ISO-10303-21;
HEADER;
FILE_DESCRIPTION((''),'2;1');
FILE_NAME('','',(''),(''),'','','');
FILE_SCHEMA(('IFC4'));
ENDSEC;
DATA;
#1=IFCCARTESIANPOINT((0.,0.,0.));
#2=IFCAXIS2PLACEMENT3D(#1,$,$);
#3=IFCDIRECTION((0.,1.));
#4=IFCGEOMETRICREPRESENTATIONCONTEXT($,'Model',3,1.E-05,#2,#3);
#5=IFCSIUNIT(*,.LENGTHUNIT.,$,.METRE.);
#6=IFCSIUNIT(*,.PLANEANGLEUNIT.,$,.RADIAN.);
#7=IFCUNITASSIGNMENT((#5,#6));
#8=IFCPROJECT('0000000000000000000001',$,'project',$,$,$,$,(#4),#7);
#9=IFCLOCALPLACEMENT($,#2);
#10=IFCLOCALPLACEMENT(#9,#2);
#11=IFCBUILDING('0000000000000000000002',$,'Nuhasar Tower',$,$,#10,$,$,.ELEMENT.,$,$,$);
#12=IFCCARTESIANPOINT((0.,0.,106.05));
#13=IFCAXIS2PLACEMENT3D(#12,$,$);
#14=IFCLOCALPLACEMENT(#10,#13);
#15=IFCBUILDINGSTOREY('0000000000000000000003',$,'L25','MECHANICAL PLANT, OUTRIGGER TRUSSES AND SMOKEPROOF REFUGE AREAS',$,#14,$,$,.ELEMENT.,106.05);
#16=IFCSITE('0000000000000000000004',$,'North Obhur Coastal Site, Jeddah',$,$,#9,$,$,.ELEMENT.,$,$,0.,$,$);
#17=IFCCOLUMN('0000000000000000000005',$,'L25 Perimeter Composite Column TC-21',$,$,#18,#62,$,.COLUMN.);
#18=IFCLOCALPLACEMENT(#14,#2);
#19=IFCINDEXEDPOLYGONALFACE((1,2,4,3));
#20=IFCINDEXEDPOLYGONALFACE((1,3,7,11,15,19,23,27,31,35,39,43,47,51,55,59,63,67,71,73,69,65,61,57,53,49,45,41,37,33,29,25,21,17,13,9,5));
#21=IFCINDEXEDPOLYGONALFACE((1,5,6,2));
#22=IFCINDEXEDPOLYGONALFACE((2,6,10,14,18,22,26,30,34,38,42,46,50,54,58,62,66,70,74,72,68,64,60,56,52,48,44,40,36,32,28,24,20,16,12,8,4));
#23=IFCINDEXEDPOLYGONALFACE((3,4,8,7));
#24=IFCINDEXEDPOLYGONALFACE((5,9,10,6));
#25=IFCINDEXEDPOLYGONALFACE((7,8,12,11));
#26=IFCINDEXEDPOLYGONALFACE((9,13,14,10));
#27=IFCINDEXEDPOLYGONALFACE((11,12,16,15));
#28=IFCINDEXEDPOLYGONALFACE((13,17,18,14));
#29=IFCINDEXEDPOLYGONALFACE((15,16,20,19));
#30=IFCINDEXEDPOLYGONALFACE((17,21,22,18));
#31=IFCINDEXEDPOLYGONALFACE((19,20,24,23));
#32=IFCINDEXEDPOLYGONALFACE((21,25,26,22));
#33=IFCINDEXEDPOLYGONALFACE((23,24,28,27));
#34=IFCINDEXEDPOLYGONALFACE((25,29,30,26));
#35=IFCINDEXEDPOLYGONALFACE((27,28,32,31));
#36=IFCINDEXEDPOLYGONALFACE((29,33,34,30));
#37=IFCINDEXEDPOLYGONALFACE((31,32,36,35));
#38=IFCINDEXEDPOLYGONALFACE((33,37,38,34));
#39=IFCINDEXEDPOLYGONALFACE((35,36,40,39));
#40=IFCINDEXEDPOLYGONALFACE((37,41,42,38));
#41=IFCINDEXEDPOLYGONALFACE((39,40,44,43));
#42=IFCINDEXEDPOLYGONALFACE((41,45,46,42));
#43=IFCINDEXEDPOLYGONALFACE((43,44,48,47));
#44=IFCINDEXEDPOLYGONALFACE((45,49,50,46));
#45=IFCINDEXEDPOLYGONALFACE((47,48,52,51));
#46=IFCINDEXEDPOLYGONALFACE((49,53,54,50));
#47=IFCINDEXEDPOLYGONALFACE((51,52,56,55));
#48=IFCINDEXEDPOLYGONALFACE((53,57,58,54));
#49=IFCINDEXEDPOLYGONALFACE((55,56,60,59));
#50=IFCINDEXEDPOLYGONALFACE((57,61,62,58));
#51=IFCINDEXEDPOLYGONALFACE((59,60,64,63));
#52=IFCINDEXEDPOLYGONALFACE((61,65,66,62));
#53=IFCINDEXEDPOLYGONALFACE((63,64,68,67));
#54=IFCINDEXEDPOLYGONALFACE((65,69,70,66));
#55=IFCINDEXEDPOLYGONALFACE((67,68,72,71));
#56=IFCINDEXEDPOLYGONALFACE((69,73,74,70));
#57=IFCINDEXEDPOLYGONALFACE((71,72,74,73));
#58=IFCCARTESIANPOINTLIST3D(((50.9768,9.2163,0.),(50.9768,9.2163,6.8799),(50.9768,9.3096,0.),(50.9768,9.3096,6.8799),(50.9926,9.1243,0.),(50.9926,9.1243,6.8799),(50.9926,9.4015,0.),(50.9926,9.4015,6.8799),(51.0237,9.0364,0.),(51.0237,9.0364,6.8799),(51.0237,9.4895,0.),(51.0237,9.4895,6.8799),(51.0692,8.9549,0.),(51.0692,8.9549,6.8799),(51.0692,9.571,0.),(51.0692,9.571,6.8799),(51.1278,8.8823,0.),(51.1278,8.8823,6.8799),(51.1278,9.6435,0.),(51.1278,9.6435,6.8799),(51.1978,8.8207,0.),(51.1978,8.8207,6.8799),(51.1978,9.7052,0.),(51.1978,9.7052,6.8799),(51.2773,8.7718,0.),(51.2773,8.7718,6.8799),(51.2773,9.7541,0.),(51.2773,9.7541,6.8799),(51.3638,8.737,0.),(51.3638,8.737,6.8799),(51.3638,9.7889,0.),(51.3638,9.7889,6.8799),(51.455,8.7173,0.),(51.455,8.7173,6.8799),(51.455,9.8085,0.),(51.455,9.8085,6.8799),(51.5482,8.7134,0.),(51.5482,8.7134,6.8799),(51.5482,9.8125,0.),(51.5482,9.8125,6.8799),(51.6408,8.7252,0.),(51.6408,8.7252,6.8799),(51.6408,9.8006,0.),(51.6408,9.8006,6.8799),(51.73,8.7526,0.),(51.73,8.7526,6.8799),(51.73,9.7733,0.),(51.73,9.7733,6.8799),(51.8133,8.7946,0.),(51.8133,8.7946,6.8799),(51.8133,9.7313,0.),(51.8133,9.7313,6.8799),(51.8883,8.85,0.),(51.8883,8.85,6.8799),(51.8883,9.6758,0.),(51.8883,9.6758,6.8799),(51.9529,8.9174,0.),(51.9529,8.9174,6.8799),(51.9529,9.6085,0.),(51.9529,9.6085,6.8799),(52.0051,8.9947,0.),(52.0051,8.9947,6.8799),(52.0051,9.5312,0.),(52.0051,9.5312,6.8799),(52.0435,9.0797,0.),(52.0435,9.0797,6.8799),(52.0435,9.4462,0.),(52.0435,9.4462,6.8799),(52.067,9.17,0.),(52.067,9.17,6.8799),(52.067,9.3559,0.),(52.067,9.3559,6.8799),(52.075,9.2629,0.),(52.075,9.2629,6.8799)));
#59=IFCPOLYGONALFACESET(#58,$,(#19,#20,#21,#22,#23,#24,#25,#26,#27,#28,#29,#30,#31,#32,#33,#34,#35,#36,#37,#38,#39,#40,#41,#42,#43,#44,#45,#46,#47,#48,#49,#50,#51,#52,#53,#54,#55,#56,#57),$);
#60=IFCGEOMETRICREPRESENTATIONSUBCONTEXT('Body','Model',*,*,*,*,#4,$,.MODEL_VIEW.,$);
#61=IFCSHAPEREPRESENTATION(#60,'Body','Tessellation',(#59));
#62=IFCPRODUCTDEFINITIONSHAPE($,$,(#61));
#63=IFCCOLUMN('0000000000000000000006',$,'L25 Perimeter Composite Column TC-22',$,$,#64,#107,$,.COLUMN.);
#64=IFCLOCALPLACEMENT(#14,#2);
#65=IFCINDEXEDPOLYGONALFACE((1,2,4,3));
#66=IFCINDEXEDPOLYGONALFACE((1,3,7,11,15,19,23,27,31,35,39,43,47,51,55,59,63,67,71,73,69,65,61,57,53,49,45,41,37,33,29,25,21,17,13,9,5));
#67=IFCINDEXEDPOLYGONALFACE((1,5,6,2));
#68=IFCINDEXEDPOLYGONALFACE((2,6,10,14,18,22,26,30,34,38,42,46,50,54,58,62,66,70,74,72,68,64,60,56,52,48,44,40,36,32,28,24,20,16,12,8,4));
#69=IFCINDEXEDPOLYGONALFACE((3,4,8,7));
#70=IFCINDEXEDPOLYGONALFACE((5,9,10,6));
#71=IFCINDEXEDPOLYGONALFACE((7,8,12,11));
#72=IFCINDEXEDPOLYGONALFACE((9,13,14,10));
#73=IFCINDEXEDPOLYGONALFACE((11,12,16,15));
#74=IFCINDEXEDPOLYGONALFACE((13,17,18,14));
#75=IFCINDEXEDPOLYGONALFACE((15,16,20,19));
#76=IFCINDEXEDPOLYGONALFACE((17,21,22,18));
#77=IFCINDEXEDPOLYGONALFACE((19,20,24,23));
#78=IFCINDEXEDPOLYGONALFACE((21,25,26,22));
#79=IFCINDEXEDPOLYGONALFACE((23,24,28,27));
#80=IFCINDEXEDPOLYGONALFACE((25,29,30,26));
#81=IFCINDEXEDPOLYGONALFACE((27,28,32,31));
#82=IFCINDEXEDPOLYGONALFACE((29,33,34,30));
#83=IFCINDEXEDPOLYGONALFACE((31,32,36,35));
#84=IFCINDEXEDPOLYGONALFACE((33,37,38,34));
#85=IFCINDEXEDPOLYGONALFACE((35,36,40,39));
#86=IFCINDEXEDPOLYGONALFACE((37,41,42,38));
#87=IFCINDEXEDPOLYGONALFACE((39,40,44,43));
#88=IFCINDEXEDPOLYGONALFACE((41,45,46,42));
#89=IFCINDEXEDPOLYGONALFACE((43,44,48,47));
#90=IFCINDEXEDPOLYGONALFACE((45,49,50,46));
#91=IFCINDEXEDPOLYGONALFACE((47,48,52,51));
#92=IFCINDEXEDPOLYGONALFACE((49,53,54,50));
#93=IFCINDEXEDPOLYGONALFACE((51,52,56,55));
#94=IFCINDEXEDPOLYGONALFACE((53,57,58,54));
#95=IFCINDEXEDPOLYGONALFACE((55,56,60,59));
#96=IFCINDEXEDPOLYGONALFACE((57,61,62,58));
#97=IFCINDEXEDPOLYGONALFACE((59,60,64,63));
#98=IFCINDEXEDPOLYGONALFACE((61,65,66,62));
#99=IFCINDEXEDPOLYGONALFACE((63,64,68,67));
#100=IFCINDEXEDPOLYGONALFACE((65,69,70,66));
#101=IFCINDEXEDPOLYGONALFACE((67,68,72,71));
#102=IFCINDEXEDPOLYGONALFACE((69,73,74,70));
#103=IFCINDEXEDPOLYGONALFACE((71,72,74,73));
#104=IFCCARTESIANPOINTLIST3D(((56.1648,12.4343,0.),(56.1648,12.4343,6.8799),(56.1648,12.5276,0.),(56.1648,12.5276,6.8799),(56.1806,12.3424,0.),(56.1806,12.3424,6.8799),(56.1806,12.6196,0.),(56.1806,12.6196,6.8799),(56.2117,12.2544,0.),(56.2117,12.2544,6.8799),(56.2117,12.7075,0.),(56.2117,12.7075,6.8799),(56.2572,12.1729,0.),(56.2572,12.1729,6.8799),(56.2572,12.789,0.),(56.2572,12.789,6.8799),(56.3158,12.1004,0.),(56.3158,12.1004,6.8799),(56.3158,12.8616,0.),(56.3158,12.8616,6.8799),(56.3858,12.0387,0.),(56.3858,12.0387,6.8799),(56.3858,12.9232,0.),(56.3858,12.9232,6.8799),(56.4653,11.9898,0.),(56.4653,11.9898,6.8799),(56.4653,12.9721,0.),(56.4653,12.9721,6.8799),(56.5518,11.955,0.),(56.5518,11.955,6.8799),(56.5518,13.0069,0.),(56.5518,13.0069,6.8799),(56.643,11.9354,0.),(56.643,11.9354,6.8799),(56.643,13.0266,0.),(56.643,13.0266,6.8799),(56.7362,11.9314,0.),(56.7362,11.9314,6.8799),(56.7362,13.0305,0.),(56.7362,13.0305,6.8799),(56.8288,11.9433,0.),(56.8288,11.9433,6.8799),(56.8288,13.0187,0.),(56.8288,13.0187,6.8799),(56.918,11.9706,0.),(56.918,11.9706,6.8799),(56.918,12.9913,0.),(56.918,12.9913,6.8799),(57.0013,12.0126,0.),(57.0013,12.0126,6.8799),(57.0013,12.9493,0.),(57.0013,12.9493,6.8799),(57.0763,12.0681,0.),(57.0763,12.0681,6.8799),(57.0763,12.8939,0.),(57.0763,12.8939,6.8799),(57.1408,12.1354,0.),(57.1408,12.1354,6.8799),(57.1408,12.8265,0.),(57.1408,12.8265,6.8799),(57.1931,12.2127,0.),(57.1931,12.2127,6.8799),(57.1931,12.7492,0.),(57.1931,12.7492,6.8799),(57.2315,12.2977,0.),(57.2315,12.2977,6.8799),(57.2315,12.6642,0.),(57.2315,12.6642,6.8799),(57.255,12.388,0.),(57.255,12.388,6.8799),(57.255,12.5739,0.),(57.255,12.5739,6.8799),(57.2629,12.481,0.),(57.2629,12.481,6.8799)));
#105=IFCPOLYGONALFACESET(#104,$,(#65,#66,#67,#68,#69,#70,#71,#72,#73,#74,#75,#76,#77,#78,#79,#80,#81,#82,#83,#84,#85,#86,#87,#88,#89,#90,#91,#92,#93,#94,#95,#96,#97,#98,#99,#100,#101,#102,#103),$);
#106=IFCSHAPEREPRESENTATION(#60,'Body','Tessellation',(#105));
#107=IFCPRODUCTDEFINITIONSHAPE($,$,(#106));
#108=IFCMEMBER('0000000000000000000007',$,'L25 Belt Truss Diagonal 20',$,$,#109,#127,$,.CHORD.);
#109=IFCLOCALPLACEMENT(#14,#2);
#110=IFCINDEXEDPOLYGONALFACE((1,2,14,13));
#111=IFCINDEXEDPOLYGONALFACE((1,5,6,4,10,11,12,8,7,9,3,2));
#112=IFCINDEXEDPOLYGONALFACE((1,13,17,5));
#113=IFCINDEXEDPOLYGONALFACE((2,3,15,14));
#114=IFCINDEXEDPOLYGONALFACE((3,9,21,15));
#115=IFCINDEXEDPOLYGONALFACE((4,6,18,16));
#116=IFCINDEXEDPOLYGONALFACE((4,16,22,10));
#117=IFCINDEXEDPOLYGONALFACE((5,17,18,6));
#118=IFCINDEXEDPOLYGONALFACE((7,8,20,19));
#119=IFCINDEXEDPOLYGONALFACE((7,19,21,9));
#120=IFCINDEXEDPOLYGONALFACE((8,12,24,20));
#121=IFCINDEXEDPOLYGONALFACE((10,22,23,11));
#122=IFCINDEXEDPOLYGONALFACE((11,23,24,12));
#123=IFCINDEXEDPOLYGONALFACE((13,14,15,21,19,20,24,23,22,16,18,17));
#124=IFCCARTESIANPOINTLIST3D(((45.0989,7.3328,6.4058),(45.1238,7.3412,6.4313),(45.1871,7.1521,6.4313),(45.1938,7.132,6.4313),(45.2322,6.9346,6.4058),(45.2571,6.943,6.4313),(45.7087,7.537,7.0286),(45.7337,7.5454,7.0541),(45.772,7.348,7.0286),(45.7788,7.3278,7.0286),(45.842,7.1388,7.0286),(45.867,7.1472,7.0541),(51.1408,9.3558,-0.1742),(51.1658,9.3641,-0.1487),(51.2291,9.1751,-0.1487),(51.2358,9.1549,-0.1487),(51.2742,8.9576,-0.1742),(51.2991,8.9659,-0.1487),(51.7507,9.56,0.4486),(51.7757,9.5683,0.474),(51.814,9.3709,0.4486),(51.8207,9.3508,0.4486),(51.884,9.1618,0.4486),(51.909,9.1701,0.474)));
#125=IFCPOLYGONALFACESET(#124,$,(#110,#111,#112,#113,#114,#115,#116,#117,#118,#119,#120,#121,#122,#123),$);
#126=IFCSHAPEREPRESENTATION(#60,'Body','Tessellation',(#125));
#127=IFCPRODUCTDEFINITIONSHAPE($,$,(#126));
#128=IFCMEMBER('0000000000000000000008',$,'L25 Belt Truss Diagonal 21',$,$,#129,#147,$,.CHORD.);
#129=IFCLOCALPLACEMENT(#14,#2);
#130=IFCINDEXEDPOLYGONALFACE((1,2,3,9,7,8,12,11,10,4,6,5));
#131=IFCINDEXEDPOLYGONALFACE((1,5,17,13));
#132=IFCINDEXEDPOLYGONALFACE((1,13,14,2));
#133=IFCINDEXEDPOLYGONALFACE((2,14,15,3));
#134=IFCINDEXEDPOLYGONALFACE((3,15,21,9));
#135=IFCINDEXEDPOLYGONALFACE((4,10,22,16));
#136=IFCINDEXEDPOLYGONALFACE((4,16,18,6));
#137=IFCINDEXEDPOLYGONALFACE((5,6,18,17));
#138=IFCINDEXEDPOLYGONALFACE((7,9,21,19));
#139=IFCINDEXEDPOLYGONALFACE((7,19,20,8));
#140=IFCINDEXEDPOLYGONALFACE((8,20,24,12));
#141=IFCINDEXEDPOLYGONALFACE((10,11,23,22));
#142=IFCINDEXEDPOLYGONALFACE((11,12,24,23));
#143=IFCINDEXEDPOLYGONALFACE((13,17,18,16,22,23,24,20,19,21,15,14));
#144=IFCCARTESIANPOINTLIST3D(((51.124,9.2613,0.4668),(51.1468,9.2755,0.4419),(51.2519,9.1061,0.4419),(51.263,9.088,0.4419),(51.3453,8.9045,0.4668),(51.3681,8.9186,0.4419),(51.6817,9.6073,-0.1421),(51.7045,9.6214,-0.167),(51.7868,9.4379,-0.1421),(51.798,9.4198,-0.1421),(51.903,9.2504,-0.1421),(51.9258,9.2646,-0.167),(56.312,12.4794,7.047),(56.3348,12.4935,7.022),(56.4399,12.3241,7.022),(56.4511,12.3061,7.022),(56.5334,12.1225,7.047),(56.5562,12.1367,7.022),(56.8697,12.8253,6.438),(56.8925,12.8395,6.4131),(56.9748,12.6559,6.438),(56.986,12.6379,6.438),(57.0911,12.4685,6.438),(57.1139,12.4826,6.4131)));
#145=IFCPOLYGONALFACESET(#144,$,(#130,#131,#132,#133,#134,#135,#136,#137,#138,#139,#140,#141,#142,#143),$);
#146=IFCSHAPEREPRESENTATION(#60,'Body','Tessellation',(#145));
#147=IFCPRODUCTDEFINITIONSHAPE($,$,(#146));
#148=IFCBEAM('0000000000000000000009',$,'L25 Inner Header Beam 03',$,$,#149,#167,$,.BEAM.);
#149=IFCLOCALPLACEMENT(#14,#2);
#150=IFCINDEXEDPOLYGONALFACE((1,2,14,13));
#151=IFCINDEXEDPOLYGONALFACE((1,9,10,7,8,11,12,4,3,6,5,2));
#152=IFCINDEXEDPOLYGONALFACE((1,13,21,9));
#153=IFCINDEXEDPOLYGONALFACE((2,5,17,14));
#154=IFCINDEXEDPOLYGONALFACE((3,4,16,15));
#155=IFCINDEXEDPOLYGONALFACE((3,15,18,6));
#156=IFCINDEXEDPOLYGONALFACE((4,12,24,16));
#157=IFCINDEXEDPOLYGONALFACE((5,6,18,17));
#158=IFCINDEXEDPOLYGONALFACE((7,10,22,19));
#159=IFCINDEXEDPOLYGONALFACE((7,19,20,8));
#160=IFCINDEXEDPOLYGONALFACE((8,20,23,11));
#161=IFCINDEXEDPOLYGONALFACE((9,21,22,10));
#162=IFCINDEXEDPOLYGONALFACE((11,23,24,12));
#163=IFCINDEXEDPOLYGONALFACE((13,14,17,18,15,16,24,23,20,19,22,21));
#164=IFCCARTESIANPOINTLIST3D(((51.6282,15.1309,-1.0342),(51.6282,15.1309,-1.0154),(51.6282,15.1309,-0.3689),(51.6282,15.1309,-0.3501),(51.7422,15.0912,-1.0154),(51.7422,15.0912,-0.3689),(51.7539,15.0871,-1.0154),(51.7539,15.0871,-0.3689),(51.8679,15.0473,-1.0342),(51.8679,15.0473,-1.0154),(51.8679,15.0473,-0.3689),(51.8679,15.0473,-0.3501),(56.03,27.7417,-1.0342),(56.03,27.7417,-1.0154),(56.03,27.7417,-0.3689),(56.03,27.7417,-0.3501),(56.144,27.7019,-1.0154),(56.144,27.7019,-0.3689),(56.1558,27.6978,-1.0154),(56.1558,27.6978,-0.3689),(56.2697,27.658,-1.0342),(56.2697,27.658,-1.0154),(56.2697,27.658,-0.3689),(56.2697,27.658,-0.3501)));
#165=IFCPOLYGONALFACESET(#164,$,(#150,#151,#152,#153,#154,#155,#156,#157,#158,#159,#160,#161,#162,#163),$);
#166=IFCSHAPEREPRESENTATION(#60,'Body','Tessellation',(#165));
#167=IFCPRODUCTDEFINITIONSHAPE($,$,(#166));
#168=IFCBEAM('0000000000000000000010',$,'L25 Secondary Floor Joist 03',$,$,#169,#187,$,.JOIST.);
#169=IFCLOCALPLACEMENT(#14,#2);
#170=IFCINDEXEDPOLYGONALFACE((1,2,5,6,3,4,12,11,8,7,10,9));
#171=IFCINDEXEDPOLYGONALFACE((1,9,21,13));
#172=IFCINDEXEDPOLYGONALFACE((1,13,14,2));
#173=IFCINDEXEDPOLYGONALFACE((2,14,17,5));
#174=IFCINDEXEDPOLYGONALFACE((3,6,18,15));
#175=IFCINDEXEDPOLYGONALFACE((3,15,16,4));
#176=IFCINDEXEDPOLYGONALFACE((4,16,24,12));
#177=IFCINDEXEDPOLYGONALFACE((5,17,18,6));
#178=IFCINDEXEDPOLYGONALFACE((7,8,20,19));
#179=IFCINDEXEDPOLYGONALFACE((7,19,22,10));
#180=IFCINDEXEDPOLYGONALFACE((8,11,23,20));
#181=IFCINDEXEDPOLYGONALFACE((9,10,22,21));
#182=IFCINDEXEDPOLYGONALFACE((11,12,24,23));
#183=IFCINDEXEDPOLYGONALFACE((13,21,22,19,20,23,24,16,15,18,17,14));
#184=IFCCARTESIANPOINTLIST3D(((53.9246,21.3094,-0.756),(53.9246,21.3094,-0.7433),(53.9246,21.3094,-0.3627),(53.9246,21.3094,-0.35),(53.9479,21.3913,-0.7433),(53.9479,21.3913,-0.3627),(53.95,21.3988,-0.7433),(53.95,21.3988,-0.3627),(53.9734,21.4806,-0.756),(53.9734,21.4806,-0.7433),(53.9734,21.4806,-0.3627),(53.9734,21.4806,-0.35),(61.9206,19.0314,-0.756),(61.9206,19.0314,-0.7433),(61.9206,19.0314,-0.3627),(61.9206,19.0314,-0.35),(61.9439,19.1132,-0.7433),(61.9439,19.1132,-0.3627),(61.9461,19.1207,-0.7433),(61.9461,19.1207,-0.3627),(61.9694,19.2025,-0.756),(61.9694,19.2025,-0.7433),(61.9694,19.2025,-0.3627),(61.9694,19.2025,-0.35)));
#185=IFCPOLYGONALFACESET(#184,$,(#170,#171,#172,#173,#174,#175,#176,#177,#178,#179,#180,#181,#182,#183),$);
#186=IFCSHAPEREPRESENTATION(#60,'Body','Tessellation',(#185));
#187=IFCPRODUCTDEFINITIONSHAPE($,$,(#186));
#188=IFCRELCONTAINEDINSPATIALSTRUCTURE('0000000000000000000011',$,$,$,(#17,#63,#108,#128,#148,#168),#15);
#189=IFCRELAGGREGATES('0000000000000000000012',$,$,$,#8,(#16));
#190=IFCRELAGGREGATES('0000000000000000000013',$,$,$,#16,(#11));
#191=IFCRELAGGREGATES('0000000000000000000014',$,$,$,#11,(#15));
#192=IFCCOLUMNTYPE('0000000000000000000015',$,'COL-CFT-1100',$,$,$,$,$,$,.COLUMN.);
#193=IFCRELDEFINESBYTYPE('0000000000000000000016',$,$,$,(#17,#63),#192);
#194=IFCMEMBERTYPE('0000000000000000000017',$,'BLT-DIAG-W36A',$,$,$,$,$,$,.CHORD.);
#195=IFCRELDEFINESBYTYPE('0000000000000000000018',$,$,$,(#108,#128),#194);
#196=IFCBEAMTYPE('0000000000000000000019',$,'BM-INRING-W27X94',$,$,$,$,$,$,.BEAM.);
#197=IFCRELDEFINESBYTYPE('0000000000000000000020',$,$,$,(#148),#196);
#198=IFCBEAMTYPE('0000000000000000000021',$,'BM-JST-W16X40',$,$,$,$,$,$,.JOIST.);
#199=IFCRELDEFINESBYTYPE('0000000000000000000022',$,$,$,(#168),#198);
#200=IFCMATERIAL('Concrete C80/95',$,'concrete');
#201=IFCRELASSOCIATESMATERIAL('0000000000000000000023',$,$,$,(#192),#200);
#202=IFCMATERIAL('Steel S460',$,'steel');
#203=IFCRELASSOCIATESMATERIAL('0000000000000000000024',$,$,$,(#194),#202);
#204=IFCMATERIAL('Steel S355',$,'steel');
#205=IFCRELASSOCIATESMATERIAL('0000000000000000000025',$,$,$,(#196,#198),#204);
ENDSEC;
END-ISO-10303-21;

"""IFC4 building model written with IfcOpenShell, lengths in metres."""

from ifc_helpers import new_model, si_unit, direction, frame, origin, origin_2d, place, context, subcontext, project, spatial, circle, i_section, extrude, material, material_profile, profile_set, type_object, element, save


model = new_model("IFC4")

# Units and contexts
model_context = context("Model", 3, precision=1e-05, world=origin(), true_north=direction((0.0, 1.0)))
body_context = subcontext(model_context, "Body", "Model", "MODEL_VIEW")
ifc_project = project(units=[si_unit("LENGTHUNIT", "METRE"), si_unit("PLANEANGLEUNIT", "RADIAN")], contexts=[model_context])

# Site, building, storey
site_placement = place(None, origin())
site = spatial("IfcSite", under=ifc_project, at=site_placement, Name="North Obhur Coastal Site, Jeddah", CompositionType="ELEMENT", RefElevation=0.0)
building_placement = place(site_placement, origin())
building = spatial("IfcBuilding", under=site, at=building_placement, Name="Nuhasar Tower", CompositionType="ELEMENT")
storey_placement = place(building_placement, frame((0.0, 0.0, 106.05)))
storey = spatial("IfcBuildingStorey", under=building, at=storey_placement, Name="L25", Description="MECHANICAL PLANT, OUTRIGGER TRUSSES AND SMOKEPROOF REFUGE AREAS", CompositionType="ELEMENT", Elevation=106.05)

# Columns
ifc_material_1 = material(Name="Concrete C80/95", Category="concrete")
ifc_material_profile_1 = material_profile(ifc_material_1, circle(Radius=0.55, at=origin_2d()), Name="CFT1100")
ifc_profile_set_1 = profile_set([ifc_material_profile_1], Name="Concrete C80/95")
column_type = type_object("IfcColumnType", Name="COL-CFT-1100", PredefinedType="COLUMN", material=ifc_profile_set_1)
for number, where, z_axis, x_axis, name in (
    (1, (51.5249, 9.2629, 0.0), (0.0, 0.0, 1.0), (1.0, 0.0, 0.0), "L25 Perimeter Composite Column TC-21"),
    (2, (56.7129, 12.481, 0.0), (0.0, 0.0, 1.0), (1.0, 0.0, 0.0), "L25 Perimeter Composite Column TC-22"),
):
    element("IfcColumn", number, at=place(storey_placement, frame(where, z_axis=z_axis, x_axis=x_axis)), inside=storey, type_object=column_type, Name=name, PredefinedType="COLUMN", context=body_context, shape_type="SweptSolid", body=[
        extrude(circle(Radius=0.55, at=origin_2d()), origin(), (0.0, 0.0, 1.0), 6.8799),
    ])

# Members
ifc_material_2 = material(Name="Steel S460", Category="steel")
ifc_material_profile_2 = material_profile(ifc_material_2, i_section(OverallWidth=0.4199, OverallDepth=0.9319, WebThickness=0.0212, FlangeThickness=0.0366, at=origin_2d()), Name="W36X262")
ifc_profile_set_2 = profile_set([ifc_material_profile_2], Name="Steel S460")
member_type_1 = type_object("IfcMemberType", Name="BLT-DIAG-W36A", PredefinedType="CHORD", material=ifc_profile_set_2)
member_1_placement = place(storey_placement, frame((51.5249, 9.2629, 0.1499), z_axis=(-0.659646, -0.220859, 0.718393), x_axis=(0.317492, -0.948261, 0.0)))
element("IfcMember", 3, at=member_1_placement, inside=storey, type_object=member_type_1, Name="L25 Belt Truss Diagonal 20", PredefinedType="CHORD", context=body_context, shape_type="SweptSolid", body=[
    extrude(i_section(OverallWidth=0.4199, OverallDepth=0.9319, WebThickness=0.0212, FlangeThickness=0.0366, at=origin_2d()), origin(), (0.0, 0.0, 1.0), 9.1594),
])
member_2_placement = place(storey_placement, frame((51.5249, 9.2629, 0.1499), z_axis=(0.577985, 0.358514, 0.733076), x_axis=(-0.527113, 0.849795, 0.0)))
element("IfcMember", 4, at=member_2_placement, inside=storey, type_object=member_type_1, Name="L25 Belt Truss Diagonal 21", PredefinedType="CHORD", context=body_context, shape_type="SweptSolid", body=[
    extrude(i_section(OverallWidth=0.4199, OverallDepth=0.9319, WebThickness=0.0212, FlangeThickness=0.0366, at=origin_2d()), origin(), (0.0, 0.0, 1.0), 8.9761),
])

# Beams
ifc_material_3 = material(Name="Steel S355", Category="steel")
ifc_material_profile_3 = material_profile(ifc_material_3, i_section(OverallWidth=0.2539, OverallDepth=0.6841, WebThickness=0.0125, FlangeThickness=0.0188, at=origin_2d()), Name="W27X94")
ifc_profile_set_3 = profile_set([ifc_material_profile_3], Name="Steel S355")
beam_type_1 = type_object("IfcBeamType", Name="BM-INRING-W27X94", PredefinedType="BEAM", material=ifc_profile_set_3)
beam_1_placement = place(storey_placement, frame((51.748, 15.0891, -0.6921), z_axis=(0.329554, 0.944137, 0.0), x_axis=(-0.944137, 0.329554, 0.0)))
element("IfcBeam", 5, at=beam_1_placement, inside=storey, type_object=beam_type_1, Name="L25 Inner Header Beam 03", PredefinedType="BEAM", context=body_context, shape_type="SweptSolid", body=[
    extrude(i_section(OverallWidth=0.2539, OverallDepth=0.6841, WebThickness=0.0125, FlangeThickness=0.0188, at=origin_2d()), origin(), (0.0, 0.0, 1.0), 13.3569),
])
ifc_material_profile_4 = material_profile(ifc_material_3, i_section(OverallWidth=0.178, OverallDepth=0.406, WebThickness=0.0078, FlangeThickness=0.0127, at=origin_2d()), Name="W16X40")
ifc_profile_set_4 = profile_set([ifc_material_profile_4], Name="Steel S355")
beam_type_2 = type_object("IfcBeamType", Name="BM-JST-W16X40", PredefinedType="JOIST", material=ifc_profile_set_4)
beam_2_placement = place(storey_placement, frame((53.949, 21.395, -0.553), z_axis=(0.961731, -0.273996, 0.0), x_axis=(0.273996, 0.961731, 0.0)))
element("IfcBeam", 6, at=beam_2_placement, inside=storey, type_object=beam_type_2, Name="L25 Secondary Floor Joist 03", PredefinedType="JOIST", context=body_context, shape_type="SweptSolid", body=[
    extrude(i_section(OverallWidth=0.178, OverallDepth=0.406, WebThickness=0.0078, FlangeThickness=0.0127, at=origin_2d()), origin(), (0.0, 0.0, 1.0), 8.3142),
])

save(model, "model.ifc")
